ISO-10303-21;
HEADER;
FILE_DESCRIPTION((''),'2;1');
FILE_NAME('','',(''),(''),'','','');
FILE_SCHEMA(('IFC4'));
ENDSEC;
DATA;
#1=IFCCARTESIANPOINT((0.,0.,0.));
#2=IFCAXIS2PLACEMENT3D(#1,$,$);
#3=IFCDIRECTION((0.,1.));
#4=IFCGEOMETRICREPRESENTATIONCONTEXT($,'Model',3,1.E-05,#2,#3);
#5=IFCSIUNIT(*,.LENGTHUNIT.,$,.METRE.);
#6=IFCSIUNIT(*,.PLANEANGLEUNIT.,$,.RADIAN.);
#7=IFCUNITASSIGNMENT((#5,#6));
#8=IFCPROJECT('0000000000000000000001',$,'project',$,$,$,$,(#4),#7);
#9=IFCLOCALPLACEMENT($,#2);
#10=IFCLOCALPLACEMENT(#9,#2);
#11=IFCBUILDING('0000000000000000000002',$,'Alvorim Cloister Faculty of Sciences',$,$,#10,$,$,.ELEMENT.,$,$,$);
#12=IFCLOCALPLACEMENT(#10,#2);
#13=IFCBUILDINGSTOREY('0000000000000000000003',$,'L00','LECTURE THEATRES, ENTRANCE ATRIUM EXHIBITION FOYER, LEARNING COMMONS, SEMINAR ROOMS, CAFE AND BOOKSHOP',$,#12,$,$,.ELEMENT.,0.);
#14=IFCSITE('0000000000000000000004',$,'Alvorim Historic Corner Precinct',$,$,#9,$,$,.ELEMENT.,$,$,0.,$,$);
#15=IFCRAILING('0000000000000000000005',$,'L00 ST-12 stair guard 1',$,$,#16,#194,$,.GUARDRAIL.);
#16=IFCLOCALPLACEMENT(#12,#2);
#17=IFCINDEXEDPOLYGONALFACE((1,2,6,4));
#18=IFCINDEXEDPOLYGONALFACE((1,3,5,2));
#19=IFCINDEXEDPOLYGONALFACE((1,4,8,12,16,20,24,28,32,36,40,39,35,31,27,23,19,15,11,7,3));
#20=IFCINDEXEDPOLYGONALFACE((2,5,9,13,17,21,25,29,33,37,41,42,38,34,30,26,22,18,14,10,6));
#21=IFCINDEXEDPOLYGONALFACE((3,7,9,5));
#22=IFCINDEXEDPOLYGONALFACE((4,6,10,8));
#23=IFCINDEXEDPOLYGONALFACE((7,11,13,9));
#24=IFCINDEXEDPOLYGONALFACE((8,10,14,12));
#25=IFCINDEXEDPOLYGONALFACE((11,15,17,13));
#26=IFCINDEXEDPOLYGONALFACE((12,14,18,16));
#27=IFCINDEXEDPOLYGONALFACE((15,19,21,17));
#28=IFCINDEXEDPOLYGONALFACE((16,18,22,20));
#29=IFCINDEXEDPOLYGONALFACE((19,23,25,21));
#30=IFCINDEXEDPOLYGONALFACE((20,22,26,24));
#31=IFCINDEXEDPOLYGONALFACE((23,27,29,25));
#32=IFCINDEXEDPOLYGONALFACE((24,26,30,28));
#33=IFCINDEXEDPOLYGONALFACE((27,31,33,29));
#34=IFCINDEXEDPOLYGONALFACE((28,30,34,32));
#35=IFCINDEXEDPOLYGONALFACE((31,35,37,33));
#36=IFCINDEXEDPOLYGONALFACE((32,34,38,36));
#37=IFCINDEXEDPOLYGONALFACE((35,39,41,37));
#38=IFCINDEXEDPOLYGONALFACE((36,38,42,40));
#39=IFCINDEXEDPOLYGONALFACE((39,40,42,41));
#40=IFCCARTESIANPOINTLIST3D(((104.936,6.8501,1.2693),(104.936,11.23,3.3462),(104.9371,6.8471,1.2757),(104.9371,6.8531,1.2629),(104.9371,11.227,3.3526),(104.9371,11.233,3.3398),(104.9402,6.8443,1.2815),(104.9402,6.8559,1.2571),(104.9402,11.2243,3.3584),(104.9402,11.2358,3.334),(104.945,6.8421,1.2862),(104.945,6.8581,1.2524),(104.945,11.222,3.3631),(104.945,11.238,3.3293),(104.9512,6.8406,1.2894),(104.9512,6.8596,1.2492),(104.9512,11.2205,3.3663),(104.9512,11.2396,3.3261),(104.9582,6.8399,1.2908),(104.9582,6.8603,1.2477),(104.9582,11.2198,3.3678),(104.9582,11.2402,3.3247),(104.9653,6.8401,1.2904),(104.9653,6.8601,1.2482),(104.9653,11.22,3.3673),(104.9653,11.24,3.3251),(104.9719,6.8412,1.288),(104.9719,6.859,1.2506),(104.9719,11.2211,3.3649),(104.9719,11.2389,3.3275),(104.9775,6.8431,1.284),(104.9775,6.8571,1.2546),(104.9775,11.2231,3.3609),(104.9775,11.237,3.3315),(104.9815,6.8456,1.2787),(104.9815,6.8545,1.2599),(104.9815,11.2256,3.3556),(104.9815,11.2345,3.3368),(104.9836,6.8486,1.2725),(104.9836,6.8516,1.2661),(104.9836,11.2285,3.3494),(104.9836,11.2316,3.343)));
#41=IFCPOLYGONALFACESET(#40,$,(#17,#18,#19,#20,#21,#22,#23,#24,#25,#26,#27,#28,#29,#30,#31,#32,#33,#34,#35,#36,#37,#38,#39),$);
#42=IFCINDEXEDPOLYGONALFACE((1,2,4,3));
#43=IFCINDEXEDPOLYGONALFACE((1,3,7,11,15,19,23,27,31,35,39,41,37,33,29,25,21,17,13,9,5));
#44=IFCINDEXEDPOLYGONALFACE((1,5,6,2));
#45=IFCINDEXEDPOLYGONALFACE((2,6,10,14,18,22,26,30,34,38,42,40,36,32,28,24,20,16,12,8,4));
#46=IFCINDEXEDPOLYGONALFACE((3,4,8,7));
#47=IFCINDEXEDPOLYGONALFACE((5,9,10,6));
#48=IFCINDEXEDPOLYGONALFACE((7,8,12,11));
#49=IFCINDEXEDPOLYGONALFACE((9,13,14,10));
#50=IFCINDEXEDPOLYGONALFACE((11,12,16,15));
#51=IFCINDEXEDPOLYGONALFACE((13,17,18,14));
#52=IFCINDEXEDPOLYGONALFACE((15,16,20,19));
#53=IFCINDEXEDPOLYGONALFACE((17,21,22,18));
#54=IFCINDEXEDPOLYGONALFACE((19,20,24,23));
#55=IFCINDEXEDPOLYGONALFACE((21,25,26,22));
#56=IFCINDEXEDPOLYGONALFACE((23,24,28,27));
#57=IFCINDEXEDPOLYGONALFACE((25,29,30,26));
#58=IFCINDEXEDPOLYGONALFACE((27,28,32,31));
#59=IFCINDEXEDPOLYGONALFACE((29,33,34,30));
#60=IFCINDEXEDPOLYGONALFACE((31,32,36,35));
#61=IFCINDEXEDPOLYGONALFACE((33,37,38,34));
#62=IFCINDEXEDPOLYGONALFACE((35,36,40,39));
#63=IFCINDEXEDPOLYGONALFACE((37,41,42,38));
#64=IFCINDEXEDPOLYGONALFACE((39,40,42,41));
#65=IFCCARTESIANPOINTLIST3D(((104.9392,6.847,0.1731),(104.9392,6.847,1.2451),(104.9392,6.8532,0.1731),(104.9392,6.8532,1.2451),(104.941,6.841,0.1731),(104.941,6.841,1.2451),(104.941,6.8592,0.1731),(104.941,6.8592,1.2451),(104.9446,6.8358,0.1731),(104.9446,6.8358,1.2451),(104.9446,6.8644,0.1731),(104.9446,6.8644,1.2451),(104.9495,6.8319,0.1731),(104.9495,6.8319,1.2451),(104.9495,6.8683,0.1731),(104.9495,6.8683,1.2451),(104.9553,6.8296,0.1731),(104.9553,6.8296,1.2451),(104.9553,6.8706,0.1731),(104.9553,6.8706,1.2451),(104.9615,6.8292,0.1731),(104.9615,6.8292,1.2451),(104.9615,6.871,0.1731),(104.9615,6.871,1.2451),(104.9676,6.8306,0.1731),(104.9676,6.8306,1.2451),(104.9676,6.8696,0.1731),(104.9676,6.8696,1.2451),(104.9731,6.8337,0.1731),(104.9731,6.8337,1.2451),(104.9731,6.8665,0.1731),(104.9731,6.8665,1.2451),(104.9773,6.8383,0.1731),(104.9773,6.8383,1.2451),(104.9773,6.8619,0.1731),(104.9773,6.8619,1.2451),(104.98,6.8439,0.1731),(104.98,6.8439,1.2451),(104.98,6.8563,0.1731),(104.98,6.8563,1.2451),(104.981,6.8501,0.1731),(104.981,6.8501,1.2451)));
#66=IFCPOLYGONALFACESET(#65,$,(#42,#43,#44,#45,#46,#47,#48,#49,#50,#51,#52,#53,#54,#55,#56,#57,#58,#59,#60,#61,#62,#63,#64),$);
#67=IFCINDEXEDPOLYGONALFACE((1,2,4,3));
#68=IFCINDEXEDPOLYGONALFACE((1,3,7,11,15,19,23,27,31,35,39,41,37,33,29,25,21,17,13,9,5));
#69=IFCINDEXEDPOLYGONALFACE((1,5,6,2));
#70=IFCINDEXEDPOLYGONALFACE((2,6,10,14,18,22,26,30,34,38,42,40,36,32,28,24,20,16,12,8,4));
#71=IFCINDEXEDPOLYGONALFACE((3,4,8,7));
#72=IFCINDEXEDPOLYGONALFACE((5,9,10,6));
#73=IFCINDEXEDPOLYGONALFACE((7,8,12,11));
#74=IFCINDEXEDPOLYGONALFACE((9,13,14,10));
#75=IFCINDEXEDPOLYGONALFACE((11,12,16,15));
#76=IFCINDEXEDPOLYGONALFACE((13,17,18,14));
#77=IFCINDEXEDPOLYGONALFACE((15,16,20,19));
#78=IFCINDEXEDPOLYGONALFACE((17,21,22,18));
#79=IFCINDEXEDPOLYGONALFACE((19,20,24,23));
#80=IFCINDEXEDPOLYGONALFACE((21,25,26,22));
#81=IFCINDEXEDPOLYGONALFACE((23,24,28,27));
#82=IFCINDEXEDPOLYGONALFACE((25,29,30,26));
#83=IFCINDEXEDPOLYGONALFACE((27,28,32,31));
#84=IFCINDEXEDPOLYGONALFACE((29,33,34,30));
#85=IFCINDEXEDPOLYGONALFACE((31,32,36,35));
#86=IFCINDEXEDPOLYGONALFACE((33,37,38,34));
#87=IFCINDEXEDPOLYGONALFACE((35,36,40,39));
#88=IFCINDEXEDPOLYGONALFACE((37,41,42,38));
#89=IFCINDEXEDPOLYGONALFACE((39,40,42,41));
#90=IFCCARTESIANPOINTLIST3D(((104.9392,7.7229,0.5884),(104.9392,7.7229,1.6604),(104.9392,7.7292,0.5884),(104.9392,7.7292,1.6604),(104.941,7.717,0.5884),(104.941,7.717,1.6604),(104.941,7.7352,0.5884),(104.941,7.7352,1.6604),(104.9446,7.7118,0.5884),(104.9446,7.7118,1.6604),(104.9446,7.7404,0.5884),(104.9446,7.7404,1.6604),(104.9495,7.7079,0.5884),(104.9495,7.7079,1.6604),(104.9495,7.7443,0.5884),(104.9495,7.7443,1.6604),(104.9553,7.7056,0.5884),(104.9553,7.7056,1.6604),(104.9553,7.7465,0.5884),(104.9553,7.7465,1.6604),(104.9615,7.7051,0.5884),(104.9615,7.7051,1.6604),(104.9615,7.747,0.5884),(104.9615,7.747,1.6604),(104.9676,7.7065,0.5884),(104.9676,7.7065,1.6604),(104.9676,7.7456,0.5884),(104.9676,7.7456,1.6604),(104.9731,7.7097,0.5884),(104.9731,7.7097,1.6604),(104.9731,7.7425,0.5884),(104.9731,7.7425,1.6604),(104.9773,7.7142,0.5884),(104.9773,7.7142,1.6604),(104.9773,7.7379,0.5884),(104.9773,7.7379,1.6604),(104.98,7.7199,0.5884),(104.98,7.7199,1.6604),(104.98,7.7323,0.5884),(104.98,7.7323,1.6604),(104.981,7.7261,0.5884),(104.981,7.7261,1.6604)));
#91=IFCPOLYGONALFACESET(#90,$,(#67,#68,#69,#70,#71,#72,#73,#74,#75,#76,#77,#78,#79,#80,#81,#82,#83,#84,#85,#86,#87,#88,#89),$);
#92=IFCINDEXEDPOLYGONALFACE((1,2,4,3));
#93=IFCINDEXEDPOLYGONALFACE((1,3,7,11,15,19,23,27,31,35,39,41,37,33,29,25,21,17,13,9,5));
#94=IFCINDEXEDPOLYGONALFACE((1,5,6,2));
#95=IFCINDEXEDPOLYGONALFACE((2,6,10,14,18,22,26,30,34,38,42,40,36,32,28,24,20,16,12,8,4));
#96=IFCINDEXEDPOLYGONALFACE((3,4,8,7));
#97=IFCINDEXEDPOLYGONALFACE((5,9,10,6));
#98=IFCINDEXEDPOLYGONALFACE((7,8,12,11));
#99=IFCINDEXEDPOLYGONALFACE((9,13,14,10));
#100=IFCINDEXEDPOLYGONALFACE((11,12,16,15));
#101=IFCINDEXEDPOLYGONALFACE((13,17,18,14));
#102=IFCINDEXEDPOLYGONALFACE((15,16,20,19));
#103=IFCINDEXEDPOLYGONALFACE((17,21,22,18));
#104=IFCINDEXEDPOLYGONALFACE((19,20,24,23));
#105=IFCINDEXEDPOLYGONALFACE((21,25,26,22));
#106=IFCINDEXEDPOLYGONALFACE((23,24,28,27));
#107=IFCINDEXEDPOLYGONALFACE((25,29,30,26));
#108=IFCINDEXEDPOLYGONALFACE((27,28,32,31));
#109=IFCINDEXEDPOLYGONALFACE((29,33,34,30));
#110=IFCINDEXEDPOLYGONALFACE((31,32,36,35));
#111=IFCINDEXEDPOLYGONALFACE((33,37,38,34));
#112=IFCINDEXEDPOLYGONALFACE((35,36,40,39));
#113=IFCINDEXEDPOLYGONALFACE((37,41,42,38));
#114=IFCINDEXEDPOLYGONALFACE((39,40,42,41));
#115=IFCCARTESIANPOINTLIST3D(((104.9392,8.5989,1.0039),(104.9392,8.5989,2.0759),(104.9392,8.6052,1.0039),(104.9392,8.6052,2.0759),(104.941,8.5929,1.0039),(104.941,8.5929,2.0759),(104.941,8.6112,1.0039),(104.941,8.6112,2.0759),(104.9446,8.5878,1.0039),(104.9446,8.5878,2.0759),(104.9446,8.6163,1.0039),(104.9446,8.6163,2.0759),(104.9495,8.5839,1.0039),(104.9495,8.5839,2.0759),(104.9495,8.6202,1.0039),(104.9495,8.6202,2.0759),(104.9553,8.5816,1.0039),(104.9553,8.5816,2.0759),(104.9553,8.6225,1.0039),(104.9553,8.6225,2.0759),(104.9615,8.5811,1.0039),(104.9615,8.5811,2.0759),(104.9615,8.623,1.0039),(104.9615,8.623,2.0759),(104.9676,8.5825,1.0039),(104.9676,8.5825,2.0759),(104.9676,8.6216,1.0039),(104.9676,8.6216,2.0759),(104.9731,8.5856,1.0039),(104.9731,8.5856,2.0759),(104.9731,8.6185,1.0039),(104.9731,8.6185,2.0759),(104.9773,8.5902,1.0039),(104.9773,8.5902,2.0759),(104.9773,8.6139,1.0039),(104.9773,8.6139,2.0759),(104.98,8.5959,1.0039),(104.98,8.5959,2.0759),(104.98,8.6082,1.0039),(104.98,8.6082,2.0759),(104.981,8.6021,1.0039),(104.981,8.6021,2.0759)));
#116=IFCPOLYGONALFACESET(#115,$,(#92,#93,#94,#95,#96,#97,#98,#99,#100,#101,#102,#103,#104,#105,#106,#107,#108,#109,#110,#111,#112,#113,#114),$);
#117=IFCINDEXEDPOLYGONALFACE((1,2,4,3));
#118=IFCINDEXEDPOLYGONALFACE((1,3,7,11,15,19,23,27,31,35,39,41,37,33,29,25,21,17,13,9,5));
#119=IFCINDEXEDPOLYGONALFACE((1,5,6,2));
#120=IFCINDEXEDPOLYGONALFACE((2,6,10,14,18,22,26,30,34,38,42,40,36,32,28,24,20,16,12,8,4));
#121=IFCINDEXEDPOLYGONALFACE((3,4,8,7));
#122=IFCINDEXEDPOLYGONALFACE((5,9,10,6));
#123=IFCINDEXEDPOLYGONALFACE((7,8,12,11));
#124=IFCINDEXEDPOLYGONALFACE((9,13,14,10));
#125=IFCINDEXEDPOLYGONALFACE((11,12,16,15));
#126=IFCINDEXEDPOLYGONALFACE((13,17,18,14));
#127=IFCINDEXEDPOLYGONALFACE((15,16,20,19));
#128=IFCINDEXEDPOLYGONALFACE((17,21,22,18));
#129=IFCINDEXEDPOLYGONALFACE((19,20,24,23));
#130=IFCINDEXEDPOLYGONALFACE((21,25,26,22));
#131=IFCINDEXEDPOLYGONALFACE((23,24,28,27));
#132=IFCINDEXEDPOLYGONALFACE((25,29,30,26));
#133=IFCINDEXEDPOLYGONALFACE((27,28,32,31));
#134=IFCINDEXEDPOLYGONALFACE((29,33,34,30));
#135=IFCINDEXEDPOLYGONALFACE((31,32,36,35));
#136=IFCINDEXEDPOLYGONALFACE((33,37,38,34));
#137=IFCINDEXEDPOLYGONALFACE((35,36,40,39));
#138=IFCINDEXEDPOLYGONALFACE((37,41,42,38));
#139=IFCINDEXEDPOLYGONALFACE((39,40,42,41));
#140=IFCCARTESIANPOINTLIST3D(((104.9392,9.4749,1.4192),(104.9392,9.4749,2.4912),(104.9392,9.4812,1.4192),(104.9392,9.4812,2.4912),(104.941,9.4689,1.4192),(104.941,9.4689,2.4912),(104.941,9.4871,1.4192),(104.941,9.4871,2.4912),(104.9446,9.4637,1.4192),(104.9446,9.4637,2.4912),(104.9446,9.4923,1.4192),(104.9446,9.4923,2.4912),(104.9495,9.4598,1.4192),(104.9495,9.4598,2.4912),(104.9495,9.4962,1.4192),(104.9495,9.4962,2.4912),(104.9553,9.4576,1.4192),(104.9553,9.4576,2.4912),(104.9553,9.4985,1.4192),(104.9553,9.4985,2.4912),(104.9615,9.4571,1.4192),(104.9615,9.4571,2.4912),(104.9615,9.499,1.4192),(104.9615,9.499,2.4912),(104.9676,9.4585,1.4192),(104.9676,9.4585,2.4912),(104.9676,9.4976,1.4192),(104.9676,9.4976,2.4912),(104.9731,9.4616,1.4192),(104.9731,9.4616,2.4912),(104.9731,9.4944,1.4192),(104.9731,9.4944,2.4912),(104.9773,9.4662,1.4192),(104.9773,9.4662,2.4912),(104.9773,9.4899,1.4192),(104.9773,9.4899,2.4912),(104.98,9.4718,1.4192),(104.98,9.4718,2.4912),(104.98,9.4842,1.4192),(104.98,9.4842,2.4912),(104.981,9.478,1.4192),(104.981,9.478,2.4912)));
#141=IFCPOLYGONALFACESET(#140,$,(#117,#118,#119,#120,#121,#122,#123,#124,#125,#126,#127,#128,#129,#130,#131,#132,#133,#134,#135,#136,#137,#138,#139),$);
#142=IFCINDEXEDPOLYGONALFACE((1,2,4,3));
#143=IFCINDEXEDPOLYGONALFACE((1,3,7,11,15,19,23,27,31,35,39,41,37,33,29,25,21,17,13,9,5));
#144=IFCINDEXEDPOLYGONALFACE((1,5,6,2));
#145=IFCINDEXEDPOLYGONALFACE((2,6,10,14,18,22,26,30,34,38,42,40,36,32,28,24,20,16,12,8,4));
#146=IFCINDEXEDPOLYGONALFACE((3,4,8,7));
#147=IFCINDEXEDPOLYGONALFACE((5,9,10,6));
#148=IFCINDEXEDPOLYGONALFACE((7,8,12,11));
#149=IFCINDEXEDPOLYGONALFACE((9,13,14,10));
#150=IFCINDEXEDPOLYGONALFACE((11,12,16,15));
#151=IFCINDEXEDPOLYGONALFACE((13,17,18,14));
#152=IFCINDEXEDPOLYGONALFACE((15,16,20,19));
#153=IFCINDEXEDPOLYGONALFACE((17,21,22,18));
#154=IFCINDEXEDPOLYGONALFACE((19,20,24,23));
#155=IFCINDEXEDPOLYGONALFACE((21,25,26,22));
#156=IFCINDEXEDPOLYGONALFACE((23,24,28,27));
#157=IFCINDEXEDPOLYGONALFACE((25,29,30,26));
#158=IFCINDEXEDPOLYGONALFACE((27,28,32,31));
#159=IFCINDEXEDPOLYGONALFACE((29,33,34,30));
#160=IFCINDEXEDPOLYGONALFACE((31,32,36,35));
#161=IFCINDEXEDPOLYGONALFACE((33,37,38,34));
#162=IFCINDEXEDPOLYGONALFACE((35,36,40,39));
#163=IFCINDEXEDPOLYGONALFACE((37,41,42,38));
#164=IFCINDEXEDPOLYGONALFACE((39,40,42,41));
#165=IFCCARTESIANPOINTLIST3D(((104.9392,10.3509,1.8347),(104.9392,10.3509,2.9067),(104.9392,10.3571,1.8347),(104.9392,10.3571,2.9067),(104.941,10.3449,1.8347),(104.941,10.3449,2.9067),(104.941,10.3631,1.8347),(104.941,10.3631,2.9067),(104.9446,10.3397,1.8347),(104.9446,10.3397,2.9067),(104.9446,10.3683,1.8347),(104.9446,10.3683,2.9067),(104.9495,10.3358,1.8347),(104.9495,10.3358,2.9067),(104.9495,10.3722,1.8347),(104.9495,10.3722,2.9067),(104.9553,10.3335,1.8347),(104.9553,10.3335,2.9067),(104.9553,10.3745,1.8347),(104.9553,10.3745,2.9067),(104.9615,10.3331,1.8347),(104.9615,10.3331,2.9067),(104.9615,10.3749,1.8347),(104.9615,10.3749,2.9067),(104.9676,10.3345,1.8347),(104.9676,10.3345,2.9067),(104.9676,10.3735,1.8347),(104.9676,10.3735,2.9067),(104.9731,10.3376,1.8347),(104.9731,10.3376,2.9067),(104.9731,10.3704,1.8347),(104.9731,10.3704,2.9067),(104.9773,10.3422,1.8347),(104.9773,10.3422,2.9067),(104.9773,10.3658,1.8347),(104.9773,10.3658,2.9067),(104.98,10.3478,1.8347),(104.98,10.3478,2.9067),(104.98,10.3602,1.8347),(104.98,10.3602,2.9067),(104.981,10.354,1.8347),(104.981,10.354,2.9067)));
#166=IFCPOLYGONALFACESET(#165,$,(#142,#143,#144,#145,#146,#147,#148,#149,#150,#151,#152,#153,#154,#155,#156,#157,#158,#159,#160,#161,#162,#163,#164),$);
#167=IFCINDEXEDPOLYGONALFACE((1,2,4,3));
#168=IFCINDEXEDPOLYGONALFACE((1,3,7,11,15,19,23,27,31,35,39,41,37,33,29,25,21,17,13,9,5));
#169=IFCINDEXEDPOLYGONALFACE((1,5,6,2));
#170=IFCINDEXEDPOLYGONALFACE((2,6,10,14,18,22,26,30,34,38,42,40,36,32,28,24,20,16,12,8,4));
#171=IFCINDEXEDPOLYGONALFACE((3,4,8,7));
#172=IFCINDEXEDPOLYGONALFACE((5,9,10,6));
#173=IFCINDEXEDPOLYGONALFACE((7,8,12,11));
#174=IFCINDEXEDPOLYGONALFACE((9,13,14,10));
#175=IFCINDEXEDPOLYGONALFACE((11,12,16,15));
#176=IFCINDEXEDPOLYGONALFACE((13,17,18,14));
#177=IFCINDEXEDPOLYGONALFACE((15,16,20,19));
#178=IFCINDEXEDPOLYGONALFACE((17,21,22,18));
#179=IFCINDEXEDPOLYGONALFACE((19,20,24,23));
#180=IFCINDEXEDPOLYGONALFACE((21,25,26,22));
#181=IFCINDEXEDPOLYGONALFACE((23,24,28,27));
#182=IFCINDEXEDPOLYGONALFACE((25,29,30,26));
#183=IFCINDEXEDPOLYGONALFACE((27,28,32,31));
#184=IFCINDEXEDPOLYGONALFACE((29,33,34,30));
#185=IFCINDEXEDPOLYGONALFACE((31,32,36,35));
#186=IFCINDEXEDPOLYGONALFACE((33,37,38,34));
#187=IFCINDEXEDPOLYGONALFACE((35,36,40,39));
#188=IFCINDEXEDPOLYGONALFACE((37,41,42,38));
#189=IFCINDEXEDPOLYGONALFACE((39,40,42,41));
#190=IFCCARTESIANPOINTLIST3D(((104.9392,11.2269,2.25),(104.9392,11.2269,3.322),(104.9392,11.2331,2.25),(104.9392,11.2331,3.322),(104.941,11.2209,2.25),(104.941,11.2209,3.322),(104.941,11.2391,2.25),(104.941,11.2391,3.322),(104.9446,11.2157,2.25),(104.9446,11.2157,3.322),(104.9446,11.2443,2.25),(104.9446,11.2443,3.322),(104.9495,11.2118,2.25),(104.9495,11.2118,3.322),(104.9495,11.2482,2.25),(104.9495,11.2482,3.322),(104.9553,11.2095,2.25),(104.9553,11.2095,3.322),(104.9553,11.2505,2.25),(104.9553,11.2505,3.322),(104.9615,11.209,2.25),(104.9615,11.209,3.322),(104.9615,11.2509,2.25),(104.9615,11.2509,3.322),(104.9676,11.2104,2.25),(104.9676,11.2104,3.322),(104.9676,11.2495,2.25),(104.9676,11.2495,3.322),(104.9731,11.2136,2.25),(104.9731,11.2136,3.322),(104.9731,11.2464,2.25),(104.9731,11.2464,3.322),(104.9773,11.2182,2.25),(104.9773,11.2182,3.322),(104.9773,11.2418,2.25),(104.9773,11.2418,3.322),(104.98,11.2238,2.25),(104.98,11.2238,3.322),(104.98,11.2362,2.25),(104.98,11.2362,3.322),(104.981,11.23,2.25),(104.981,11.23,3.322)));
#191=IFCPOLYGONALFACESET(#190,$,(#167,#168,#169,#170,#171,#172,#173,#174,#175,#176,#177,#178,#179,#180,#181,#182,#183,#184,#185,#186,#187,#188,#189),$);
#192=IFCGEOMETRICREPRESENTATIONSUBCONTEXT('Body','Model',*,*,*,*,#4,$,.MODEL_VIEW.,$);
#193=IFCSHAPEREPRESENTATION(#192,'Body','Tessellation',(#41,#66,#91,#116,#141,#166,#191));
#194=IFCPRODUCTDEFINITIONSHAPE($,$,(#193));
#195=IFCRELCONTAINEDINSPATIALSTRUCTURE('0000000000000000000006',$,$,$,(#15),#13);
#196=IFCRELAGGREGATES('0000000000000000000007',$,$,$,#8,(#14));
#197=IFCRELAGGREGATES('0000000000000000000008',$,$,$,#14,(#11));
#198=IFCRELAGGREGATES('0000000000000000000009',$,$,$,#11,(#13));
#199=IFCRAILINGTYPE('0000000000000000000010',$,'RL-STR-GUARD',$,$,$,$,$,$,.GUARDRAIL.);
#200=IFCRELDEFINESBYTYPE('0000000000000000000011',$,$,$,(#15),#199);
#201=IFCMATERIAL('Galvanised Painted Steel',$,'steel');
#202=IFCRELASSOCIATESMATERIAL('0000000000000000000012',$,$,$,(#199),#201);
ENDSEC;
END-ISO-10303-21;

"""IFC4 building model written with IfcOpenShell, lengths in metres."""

from ifc_helpers import new_model, si_unit, direction, frame, origin, origin_2d, place, context, subcontext, project, spatial, circle, extrude, material, type_object, element, save


model = new_model("IFC4")

# Units and contexts
model_context = context("Model", 3, precision=1e-05, world=origin(), true_north=direction((0.0, 1.0)))
body_context = subcontext(model_context, "Body", "Model", "MODEL_VIEW")
ifc_project = project(units=[si_unit("LENGTHUNIT", "METRE"), si_unit("PLANEANGLEUNIT", "RADIAN")], contexts=[model_context])

# Site, building, storey
site_placement = place(None, origin())
site = spatial("IfcSite", under=ifc_project, at=site_placement, Name="Alvorim Historic Corner Precinct", CompositionType="ELEMENT", RefElevation=0.0)
building_placement = place(site_placement, origin())
building = spatial("IfcBuilding", under=site, at=building_placement, Name="Alvorim Cloister Faculty of Sciences", CompositionType="ELEMENT")
storey_placement = place(building_placement, origin())
storey = spatial("IfcBuildingStorey", under=building, at=storey_placement, Name="L00", Description="LECTURE THEATRES, ENTRANCE ATRIUM EXHIBITION FOYER, LEARNING COMMONS, SEMINAR ROOMS, CAFE AND BOOKSHOP", CompositionType="ELEMENT", Elevation=0.0)

# Railing
ifc_material_1 = material(Name="Galvanised Painted Steel", Category="steel")
railing_type_1 = type_object("IfcRailingType", Name="RL-STR-GUARD", PredefinedType="GUARDRAIL", material=ifc_material_1)
railing_1_placement = place(storey_placement, frame((104.96, 6.8501, 0.1731)))
element("IfcRailing", 1, at=railing_1_placement, inside=storey, type_object=railing_type_1, Name="L00 ST-12 stair guard 1", PredefinedType="GUARDRAIL", context=body_context, shape_type="SweptSolid", body=[
    extrude(circle(Radius=0.0239, at=origin_2d()), frame((0.0, 0.0, 1.0962), z_axis=(0.0, 0.90356, 0.428461), x_axis=(-1.0, 0.0, 0.0)), (0.0, 0.0, 1.0), 4.8474),
    extrude(circle(Radius=0.021, at=origin_2d()), origin(), (0.0, 0.0, 1.0), 1.072),
    extrude(circle(Radius=0.021, at=origin_2d()), frame((0.0, 0.876, 0.4153)), (0.0, 0.0, 1.0), 1.072),
    extrude(circle(Radius=0.021, at=origin_2d()), frame((0.0, 1.752, 0.8308)), (0.0, 0.0, 1.0), 1.072),
    extrude(circle(Radius=0.021, at=origin_2d()), frame((0.0, 2.6279, 1.2461)), (0.0, 0.0, 1.0), 1.072),
    extrude(circle(Radius=0.021, at=origin_2d()), frame((0.0, 3.5039, 1.6616)), (0.0, 0.0, 1.0), 1.072),
    extrude(circle(Radius=0.021, at=origin_2d()), frame((0.0, 4.3799, 2.0769)), (0.0, 0.0, 1.0), 1.072),
])

save(model, "model.ifc")
